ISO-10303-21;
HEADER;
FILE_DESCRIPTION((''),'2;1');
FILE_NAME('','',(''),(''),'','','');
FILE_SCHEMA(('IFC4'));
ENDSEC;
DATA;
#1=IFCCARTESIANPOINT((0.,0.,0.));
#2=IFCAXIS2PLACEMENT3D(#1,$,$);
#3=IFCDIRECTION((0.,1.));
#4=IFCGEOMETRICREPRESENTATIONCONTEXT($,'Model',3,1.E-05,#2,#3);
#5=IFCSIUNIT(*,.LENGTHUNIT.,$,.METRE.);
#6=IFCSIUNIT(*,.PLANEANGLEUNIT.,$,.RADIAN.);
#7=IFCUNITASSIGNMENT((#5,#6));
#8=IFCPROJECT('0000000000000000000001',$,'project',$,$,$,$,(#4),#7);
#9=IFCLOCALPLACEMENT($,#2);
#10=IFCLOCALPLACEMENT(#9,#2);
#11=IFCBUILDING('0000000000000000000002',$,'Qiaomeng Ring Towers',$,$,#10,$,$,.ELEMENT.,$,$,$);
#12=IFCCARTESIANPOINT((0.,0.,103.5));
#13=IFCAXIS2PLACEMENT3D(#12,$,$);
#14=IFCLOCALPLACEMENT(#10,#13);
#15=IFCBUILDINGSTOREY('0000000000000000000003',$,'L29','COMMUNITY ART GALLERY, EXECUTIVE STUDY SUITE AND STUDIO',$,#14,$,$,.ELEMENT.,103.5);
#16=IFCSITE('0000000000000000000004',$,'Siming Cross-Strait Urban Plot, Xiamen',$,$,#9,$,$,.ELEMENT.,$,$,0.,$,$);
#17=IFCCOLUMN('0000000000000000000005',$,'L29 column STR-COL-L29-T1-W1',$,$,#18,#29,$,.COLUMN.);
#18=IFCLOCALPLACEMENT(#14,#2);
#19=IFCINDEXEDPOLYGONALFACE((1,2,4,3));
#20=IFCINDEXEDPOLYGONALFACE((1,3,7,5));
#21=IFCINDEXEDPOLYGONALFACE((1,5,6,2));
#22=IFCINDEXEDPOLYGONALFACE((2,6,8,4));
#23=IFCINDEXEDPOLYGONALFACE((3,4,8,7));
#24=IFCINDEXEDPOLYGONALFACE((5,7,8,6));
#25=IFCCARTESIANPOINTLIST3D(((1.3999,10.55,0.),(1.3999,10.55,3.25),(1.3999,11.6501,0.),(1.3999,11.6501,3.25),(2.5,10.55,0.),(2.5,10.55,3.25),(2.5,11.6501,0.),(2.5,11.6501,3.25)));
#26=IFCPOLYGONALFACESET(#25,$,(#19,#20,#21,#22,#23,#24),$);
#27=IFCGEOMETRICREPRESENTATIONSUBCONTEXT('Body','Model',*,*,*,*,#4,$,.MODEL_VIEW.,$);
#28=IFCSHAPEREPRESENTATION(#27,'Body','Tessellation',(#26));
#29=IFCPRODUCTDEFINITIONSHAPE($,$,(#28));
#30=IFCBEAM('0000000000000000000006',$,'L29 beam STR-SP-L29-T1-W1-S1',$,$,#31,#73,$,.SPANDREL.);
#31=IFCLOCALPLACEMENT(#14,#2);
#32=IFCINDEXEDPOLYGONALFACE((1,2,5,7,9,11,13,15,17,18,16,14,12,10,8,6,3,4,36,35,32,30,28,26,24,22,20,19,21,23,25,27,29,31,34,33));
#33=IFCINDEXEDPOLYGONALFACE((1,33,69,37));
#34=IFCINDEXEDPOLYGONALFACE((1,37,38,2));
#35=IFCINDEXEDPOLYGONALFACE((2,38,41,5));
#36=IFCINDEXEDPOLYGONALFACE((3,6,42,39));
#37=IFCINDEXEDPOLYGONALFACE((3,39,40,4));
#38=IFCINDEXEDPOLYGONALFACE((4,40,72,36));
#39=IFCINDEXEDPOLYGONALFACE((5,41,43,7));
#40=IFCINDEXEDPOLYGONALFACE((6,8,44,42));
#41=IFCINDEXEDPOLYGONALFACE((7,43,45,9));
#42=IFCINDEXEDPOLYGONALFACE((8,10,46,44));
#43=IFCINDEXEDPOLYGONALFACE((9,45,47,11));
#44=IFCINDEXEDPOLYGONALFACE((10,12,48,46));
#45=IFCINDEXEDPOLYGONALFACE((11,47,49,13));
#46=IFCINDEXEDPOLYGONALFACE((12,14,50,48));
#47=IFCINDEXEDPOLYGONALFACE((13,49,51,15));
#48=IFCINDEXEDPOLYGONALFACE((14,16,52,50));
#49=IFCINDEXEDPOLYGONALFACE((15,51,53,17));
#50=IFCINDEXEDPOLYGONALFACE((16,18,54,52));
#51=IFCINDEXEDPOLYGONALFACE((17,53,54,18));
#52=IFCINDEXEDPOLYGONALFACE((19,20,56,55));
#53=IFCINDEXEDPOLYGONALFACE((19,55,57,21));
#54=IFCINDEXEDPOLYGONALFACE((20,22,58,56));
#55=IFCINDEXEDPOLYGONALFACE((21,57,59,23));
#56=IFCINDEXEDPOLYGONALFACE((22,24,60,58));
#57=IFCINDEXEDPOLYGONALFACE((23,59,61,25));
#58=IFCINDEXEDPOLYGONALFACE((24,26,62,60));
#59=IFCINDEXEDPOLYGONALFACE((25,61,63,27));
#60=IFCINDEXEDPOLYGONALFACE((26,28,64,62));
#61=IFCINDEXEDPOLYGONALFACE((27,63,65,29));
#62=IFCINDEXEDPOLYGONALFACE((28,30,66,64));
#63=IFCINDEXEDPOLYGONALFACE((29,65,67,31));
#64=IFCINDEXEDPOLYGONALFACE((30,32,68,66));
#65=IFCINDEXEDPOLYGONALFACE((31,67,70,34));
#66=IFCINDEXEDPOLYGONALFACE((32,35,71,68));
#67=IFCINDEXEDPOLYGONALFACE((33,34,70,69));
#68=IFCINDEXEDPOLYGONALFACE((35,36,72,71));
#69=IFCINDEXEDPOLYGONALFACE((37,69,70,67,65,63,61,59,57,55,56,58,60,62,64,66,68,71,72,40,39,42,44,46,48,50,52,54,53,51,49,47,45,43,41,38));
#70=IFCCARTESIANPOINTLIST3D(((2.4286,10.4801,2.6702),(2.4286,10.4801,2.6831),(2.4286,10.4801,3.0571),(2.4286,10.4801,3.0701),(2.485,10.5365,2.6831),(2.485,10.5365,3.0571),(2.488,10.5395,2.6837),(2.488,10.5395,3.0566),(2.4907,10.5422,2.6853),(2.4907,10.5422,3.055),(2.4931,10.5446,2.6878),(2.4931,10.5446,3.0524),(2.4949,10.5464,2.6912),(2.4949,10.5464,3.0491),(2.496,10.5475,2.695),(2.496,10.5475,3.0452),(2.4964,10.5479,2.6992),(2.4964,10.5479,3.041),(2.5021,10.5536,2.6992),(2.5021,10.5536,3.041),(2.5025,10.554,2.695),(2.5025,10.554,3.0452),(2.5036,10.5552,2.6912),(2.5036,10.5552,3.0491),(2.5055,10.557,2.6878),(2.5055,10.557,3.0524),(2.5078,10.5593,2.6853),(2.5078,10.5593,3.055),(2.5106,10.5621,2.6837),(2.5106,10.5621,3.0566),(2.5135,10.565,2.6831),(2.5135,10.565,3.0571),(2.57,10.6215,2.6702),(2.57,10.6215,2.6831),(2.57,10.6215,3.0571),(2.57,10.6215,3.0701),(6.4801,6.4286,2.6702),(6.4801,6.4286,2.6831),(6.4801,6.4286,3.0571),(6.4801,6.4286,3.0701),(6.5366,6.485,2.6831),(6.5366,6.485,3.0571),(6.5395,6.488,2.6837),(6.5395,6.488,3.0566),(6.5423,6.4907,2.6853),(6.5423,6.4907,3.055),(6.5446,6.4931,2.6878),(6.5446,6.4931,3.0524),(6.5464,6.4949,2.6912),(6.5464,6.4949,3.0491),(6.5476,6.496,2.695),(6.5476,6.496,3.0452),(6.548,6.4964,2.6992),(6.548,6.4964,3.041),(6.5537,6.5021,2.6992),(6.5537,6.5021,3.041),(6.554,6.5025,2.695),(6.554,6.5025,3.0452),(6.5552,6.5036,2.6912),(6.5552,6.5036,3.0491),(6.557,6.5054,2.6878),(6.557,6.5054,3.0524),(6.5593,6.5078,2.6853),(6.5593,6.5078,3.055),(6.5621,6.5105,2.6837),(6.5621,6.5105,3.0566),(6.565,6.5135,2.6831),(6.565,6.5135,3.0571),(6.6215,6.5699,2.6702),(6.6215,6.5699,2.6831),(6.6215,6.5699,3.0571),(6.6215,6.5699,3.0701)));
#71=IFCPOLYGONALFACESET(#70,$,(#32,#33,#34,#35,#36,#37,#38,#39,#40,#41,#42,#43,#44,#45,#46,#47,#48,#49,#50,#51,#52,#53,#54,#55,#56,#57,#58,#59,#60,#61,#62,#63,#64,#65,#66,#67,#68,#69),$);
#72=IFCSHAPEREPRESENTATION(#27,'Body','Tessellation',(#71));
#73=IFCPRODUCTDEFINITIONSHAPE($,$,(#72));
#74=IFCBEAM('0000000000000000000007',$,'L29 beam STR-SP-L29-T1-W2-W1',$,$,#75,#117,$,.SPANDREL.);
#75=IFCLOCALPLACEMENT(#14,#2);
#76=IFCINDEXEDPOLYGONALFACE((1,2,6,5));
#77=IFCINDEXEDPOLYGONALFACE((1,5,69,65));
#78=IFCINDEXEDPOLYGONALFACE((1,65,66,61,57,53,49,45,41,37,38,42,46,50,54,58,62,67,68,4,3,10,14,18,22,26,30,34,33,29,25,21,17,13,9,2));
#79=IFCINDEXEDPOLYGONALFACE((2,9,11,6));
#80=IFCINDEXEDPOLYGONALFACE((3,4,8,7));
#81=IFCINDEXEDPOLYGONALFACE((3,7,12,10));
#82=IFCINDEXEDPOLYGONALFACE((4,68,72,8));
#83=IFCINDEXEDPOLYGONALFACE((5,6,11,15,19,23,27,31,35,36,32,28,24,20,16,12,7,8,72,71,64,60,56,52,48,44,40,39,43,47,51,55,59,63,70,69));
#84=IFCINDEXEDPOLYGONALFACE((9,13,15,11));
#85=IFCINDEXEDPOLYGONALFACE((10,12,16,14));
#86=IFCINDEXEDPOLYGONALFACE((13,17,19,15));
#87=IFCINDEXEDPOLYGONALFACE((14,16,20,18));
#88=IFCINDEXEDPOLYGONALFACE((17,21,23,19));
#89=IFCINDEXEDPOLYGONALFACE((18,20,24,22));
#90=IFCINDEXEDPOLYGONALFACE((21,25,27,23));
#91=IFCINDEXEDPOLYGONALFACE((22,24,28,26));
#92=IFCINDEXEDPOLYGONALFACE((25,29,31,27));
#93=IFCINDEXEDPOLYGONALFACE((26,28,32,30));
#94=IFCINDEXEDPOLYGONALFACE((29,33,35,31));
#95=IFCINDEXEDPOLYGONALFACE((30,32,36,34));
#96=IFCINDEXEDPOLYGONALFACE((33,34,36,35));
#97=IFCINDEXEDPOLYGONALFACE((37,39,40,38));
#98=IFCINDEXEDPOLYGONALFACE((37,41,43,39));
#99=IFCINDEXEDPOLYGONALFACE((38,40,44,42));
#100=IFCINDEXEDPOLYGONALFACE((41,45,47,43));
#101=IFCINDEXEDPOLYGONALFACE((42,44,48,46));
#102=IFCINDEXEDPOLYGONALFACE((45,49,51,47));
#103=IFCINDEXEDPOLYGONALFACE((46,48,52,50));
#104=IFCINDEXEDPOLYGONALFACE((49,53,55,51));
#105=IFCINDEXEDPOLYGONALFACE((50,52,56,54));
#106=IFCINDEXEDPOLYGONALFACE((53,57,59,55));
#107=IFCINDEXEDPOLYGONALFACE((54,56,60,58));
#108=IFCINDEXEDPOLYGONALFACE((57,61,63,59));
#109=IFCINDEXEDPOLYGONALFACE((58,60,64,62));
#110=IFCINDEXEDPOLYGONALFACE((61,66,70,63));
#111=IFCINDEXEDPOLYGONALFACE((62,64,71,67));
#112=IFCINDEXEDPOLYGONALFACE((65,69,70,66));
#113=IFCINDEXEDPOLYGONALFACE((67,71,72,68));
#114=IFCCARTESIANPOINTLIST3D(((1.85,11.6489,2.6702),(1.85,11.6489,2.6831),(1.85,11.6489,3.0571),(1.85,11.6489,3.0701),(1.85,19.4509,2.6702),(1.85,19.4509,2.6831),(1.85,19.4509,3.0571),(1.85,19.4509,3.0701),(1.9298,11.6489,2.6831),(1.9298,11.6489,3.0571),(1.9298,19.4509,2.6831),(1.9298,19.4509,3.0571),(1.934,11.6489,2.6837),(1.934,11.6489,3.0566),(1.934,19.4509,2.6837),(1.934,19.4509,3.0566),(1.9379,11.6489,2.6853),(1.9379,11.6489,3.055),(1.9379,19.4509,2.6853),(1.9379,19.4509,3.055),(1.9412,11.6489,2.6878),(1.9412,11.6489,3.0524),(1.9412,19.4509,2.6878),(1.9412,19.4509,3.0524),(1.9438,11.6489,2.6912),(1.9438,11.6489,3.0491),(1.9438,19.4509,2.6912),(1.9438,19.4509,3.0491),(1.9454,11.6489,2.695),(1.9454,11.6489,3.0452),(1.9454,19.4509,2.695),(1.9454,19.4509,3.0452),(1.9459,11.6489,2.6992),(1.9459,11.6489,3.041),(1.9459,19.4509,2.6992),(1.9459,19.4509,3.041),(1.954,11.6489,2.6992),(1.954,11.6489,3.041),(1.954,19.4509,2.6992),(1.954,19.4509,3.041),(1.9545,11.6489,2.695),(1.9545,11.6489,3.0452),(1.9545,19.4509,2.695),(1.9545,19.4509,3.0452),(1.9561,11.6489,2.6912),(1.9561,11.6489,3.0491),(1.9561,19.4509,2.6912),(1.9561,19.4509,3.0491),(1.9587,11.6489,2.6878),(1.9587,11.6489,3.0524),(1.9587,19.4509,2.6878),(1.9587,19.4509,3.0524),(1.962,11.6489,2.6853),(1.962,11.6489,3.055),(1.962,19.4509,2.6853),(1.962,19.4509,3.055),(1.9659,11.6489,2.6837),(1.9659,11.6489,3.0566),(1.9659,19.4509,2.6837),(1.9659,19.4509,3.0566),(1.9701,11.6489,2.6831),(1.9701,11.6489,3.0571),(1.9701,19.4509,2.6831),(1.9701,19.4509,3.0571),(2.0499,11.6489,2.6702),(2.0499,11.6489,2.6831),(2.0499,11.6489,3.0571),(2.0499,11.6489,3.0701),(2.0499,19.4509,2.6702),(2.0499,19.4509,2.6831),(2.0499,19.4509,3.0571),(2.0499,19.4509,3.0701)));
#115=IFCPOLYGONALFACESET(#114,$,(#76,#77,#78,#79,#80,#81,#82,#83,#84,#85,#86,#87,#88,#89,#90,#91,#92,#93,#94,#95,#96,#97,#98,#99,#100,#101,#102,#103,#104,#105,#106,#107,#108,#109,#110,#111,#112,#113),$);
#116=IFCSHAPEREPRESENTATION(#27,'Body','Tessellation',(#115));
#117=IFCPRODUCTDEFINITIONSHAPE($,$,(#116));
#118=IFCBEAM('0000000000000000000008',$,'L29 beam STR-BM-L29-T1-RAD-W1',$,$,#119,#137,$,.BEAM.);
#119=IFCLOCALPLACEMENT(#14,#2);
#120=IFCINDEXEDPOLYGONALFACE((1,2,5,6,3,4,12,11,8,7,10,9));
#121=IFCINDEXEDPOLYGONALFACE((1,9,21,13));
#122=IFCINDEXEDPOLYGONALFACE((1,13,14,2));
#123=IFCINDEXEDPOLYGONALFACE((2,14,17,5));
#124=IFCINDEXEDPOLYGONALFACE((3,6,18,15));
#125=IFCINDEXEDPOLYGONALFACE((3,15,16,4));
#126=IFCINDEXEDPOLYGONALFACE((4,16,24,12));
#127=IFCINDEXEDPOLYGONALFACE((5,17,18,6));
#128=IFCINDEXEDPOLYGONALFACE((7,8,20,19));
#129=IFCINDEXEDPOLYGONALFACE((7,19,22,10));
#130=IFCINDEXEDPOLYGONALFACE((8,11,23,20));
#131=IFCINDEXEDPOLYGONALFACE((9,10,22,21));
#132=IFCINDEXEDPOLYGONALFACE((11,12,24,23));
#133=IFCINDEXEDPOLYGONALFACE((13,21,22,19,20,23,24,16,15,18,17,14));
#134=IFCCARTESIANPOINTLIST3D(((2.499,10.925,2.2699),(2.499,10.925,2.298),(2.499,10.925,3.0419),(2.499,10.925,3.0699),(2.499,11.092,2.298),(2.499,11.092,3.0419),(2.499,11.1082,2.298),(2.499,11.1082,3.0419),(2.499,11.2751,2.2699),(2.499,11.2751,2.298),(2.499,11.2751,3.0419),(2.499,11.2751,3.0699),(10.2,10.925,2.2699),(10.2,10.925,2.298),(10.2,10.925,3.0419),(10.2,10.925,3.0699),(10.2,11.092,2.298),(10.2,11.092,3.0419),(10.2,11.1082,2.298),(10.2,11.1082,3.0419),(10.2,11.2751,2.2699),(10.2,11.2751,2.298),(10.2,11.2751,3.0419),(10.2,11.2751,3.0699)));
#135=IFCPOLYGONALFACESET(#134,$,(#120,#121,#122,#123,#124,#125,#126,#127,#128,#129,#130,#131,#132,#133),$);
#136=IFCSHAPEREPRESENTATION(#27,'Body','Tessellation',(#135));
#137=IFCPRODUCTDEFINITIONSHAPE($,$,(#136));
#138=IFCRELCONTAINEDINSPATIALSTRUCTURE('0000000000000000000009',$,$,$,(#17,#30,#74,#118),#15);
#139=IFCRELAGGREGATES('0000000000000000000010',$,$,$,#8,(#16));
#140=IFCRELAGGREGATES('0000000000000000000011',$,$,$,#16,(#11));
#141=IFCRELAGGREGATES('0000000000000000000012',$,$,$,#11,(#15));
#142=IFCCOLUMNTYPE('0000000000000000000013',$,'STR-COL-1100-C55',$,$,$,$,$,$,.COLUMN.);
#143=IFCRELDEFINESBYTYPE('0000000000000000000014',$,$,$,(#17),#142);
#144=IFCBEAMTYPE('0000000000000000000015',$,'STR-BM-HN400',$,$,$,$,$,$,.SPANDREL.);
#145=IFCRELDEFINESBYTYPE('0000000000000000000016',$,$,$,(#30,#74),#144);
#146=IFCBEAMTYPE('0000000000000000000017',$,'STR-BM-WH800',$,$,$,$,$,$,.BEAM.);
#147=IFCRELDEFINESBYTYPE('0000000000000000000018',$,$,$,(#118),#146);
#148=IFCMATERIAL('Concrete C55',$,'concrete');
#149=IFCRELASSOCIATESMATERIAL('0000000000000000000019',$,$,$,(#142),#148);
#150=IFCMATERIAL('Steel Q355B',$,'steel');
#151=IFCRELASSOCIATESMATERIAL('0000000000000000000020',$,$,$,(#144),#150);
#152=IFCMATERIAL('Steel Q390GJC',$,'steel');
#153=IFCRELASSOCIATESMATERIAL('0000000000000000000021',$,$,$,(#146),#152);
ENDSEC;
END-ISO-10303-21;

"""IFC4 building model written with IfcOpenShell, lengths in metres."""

from ifc_helpers import new_model, si_unit, direction, frame, origin, origin_2d, place, context, subcontext, project, spatial, rectangle, i_section, extrude, source, transform, mapped, material, material_profile, profile_set, type_object, element, save


model = new_model("IFC4")

# Units and contexts
model_context = context("Model", 3, precision=1e-05, world=origin(), true_north=direction((0.0, 1.0)))
body_context = subcontext(model_context, "Body", "Model", "MODEL_VIEW")
ifc_project = project(units=[si_unit("LENGTHUNIT", "METRE"), si_unit("PLANEANGLEUNIT", "RADIAN")], contexts=[model_context])

# Site, building, storey
site_placement = place(None, origin())
site = spatial("IfcSite", under=ifc_project, at=site_placement, Name="Siming Cross-Strait Urban Plot, Xiamen", CompositionType="ELEMENT", RefElevation=0.0)
building_placement = place(site_placement, origin())
building = spatial("IfcBuilding", under=site, at=building_placement, Name="Qiaomeng Ring Towers", CompositionType="ELEMENT")
storey_placement = place(building_placement, frame((0.0, 0.0, 103.5)))
storey = spatial("IfcBuildingStorey", under=building, at=storey_placement, Name="L29", Description="COMMUNITY ART GALLERY, EXECUTIVE STUDY SUITE AND STUDIO", CompositionType="ELEMENT", Elevation=103.5)

# Column
ifc_material_1 = material(Name="Concrete C55", Category="concrete")
ifc_material_profile_1 = material_profile(ifc_material_1, rectangle(XDim=1.1001, YDim=1.1001, at=origin_2d()), Name="RC COL 1100x1100")
ifc_profile_set_1 = profile_set([ifc_material_profile_1], Name="Concrete C55")
column_type = type_object("IfcColumnType", Name="STR-COL-1100-C55", PredefinedType="COLUMN", material=ifc_profile_set_1)
shared_shape_1 = source(origin(), body_context, "Body", "SweptSolid", [
    extrude(rectangle(XDim=1.1001, YDim=1.1001, at=origin_2d()), origin(), (0.0, 0.0, 1.0), 3.25),
])
column_placement = place(storey_placement, frame((1.95, 11.1001, 0.0), z_axis=(0.0, 0.0, 1.0), x_axis=(1.0, 0.0, 0.0)))
element("IfcColumn", 1, at=column_placement, inside=storey, type_object=column_type, Name="L29 column STR-COL-L29-T1-W1", PredefinedType="COLUMN", context=body_context, shape_type="MappedRepresentation", body=[
    mapped(shared_shape_1, transform((0.0, 0.0, 0.0), x_axis=(1.0, 0.0, 0.0), y_axis=(0.0, 1.0, 0.0), z_axis=(0.0, 0.0, 1.0), scale=1.0)),
])

# Beams
ifc_material_2 = material(Name="Steel Q355B", Category="steel")
ifc_material_profile_2 = material_profile(ifc_material_2, i_section(OverallWidth=0.2, OverallDepth=0.3999, WebThickness=0.0081, FlangeThickness=0.0129, FilletRadius=0.0161, at=origin_2d()), Name="HN 400x200x8x13")
ifc_profile_set_2 = profile_set([ifc_material_profile_2], Name="Steel Q355B")
beam_type_1 = type_object("IfcBeamType", Name="STR-BM-HN400", PredefinedType="SPANDREL", material=ifc_profile_set_2)
shared_shape_2 = source(origin(), body_context, "Body", "SweptSolid", [
    extrude(i_section(OverallWidth=0.2, OverallDepth=0.3999, WebThickness=0.0081, FlangeThickness=0.0129, FilletRadius=0.0161, at=origin_2d()), origin(), (0.0, 0.0, 1.0), 5.7297),
])
beam_1_placement = place(storey_placement, frame((2.4993, 10.5508, 2.8701), z_axis=(0.707107, -0.707107, 0.0), x_axis=(0.707107, 0.707107, 0.0)))
element("IfcBeam", 2, at=beam_1_placement, inside=storey, type_object=beam_type_1, Name="L29 beam STR-SP-L29-T1-W1-S1", PredefinedType="SPANDREL", context=body_context, shape_type="MappedRepresentation", body=[
    mapped(shared_shape_2, transform((0.0, 0.0, 0.0), x_axis=(1.0, 0.0, 0.0), y_axis=(0.0, 1.0, 0.0), z_axis=(0.0, 0.0, 1.0), scale=1.0)),
])
shared_shape_3 = source(origin(), body_context, "Body", "SweptSolid", [
    extrude(i_section(OverallWidth=0.2, OverallDepth=0.3999, WebThickness=0.0081, FlangeThickness=0.0129, FilletRadius=0.0161, at=origin_2d()), origin(), (0.0, 0.0, 1.0), 7.802),
])
beam_2_placement = place(storey_placement, frame((1.95, 19.4509, 2.8701), z_axis=(0.0, -1.0, 0.0), x_axis=(1.0, 0.0, 0.0)))
element("IfcBeam", 3, at=beam_2_placement, inside=storey, type_object=beam_type_1, Name="L29 beam STR-SP-L29-T1-W2-W1", PredefinedType="SPANDREL", context=body_context, shape_type="MappedRepresentation", body=[
    mapped(shared_shape_3, transform((0.0, 0.0, 0.0), x_axis=(1.0, 0.0, 0.0), y_axis=(0.0, 1.0, 0.0), z_axis=(0.0, 0.0, 1.0), scale=1.0)),
])
ifc_material_3 = material(Name="Steel Q390GJC", Category="steel")
ifc_material_profile_3 = material_profile(ifc_material_3, i_section(OverallWidth=0.3501, OverallDepth=0.8, WebThickness=0.0161, FlangeThickness=0.0281, at=origin_2d()), Name="WH 800x350x16x28")
ifc_profile_set_3 = profile_set([ifc_material_profile_3], Name="Steel Q390GJC")
beam_type_2 = type_object("IfcBeamType", Name="STR-BM-WH800", PredefinedType="BEAM", material=ifc_profile_set_3)
shared_shape_4 = source(origin(), body_context, "Body", "SweptSolid", [
    extrude(i_section(OverallWidth=0.3501, OverallDepth=0.8, WebThickness=0.0161, FlangeThickness=0.0281, at=origin_2d()), origin(), (0.0, 0.0, 1.0), 7.7009),
])
beam_3_placement = place(storey_placement, frame((2.499, 11.1001, 2.6699), z_axis=(1.0, 0.0, 0.0), x_axis=(0.0, 1.0, 0.0)))
element("IfcBeam", 4, at=beam_3_placement, inside=storey, type_object=beam_type_2, Name="L29 beam STR-BM-L29-T1-RAD-W1", PredefinedType="BEAM", context=body_context, shape_type="MappedRepresentation", body=[
    mapped(shared_shape_4, transform((0.0, 0.0, 0.0), x_axis=(1.0, 0.0, 0.0), y_axis=(0.0, 1.0, 0.0), z_axis=(0.0, 0.0, 1.0), scale=1.0)),
])

save(model, "model.ifc")
